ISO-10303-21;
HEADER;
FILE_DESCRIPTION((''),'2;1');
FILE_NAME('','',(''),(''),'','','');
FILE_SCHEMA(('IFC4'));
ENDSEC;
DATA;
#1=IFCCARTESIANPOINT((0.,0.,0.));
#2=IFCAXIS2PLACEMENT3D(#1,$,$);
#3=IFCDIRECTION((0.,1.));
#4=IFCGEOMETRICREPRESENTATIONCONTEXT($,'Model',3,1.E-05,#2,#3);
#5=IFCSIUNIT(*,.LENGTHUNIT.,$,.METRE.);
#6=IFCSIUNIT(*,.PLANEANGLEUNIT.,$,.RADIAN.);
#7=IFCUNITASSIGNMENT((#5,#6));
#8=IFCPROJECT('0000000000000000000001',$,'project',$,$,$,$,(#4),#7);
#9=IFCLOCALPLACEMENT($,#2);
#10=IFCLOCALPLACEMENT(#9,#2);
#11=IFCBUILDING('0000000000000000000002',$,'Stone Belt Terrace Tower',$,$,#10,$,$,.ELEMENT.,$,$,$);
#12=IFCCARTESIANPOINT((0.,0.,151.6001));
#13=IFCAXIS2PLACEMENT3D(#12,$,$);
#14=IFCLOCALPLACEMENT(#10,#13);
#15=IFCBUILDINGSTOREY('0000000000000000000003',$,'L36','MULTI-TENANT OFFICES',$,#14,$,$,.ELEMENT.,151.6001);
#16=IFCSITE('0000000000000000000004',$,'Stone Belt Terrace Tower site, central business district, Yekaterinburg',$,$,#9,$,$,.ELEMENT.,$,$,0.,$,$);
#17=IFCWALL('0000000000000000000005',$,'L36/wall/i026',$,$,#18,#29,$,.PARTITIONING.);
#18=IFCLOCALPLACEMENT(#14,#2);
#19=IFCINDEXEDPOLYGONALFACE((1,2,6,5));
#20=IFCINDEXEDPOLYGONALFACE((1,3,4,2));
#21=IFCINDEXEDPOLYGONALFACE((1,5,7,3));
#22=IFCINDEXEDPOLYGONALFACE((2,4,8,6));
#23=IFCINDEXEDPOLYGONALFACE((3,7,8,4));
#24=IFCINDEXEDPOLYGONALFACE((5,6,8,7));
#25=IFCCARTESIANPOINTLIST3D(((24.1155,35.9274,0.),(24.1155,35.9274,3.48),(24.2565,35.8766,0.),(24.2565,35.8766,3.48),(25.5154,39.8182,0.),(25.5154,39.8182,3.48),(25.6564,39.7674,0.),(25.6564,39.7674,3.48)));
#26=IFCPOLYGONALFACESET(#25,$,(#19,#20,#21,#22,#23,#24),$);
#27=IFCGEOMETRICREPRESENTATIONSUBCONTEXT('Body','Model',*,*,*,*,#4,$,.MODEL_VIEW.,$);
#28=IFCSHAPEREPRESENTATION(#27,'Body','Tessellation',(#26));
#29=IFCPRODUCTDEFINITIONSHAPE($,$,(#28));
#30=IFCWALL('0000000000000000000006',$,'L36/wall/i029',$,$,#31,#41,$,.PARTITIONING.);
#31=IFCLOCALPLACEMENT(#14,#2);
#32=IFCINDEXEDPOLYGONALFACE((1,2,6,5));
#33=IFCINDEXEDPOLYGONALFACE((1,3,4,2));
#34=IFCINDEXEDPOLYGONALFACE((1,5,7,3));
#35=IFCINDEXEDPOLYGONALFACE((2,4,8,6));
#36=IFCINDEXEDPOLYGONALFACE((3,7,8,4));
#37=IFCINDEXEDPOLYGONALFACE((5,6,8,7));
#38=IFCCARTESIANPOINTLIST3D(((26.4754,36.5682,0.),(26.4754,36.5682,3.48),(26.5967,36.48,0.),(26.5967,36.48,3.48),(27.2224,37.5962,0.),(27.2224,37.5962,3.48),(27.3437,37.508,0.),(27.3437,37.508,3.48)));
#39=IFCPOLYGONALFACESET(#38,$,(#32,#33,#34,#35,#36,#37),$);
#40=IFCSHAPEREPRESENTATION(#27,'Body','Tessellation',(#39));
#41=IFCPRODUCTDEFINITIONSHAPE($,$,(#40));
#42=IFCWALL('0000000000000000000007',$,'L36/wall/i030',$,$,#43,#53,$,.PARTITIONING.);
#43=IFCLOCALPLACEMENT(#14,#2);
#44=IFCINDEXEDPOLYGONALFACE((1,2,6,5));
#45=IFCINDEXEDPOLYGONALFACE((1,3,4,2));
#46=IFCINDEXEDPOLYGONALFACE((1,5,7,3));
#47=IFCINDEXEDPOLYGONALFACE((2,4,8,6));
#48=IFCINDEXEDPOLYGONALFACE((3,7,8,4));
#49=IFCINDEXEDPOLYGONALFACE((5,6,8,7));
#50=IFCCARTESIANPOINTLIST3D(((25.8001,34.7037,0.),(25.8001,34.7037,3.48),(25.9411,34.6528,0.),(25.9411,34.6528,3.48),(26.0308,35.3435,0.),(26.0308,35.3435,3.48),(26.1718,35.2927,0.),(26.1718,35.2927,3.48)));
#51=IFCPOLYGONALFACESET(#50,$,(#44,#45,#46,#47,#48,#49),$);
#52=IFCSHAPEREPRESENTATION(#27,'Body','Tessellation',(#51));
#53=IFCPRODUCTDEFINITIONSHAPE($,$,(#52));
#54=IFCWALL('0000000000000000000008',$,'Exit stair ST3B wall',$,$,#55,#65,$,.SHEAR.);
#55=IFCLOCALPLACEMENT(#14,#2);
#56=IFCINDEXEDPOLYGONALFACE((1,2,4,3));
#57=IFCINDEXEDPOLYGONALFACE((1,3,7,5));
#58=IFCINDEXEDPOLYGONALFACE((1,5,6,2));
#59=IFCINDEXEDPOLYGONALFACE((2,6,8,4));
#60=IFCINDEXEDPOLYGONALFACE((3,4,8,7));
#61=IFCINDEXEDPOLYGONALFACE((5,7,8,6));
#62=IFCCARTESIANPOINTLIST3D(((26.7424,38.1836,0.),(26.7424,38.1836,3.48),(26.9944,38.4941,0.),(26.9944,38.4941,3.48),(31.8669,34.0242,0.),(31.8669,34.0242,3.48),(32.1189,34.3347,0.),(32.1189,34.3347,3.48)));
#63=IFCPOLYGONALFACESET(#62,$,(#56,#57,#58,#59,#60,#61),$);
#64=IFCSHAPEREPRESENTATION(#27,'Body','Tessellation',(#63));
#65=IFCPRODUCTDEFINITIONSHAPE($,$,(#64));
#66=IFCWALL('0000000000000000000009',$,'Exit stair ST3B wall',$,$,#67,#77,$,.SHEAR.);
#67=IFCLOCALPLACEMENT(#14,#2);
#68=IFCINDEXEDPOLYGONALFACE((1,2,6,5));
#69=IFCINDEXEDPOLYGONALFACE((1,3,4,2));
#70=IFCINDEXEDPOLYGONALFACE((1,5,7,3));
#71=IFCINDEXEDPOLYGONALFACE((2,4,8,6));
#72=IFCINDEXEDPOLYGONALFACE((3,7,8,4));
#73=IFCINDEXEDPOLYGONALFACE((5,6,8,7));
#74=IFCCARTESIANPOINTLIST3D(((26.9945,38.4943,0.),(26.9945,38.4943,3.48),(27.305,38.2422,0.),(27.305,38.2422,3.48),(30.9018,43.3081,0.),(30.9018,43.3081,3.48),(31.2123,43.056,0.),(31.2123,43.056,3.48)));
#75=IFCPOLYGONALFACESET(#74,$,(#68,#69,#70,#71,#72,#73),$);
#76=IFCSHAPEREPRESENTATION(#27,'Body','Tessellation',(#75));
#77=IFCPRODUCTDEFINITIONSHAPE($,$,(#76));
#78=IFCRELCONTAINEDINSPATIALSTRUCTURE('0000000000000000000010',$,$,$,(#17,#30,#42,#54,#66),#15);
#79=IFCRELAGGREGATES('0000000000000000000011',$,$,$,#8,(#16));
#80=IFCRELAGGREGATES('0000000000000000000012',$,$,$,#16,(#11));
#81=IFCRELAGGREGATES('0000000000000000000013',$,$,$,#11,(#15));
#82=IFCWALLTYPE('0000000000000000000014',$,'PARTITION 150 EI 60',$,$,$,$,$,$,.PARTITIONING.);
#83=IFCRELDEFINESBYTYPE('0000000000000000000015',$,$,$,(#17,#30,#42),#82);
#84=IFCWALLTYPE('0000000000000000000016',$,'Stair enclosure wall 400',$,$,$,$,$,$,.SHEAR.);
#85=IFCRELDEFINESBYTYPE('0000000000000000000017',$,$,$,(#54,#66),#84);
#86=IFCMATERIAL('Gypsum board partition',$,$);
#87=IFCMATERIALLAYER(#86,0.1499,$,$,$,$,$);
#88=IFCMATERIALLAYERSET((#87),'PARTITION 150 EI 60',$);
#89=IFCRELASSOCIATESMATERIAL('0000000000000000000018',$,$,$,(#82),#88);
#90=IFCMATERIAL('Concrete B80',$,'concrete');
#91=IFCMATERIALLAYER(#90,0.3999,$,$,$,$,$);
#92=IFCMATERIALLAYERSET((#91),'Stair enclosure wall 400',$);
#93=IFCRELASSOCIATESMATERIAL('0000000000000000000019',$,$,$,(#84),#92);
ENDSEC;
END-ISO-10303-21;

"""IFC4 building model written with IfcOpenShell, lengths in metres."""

from ifc_helpers import new_model, si_unit, direction, frame, frame_2d, origin, place, context, subcontext, project, spatial, rectangle, extrude, material, layer, layer_set, type_object, element, save


model = new_model("IFC4")

# Units and contexts
model_context = context("Model", 3, precision=1e-05, world=origin(), true_north=direction((0.0, 1.0)))
body_context = subcontext(model_context, "Body", "Model", "MODEL_VIEW")
ifc_project = project(units=[si_unit("LENGTHUNIT", "METRE"), si_unit("PLANEANGLEUNIT", "RADIAN")], contexts=[model_context])

# Site, building, storey
site_placement = place(None, origin())
site = spatial("IfcSite", under=ifc_project, at=site_placement, Name="Stone Belt Terrace Tower site, central business district, Yekaterinburg", CompositionType="ELEMENT", RefElevation=0.0)
building_placement = place(site_placement, origin())
building = spatial("IfcBuilding", under=site, at=building_placement, Name="Stone Belt Terrace Tower", CompositionType="ELEMENT")
storey_placement = place(building_placement, frame((0.0, 0.0, 151.6001)))
storey = spatial("IfcBuildingStorey", under=building, at=storey_placement, Name="L36", Description="MULTI-TENANT OFFICES", CompositionType="ELEMENT", Elevation=151.6001)

# Shared definitions
ifc_material_1 = material(Name="Concrete B80", Category="concrete")

# Walls
ifc_material_2 = material(Name="Gypsum board partition")
ifc_layer_1 = layer(ifc_material_2, 0.1499)
ifc_layer_set_1 = layer_set([ifc_layer_1], Name="PARTITION 150 EI 60")
wall_type_1 = type_object("IfcWallType", Name="PARTITION 150 EI 60", PredefinedType="PARTITIONING", material=ifc_layer_set_1)
wall_1_placement = place(storey_placement, frame((24.186, 35.9021, 0.0), z_axis=(0.0, 0.0, 1.0), x_axis=(0.338546, 0.94095, 0.0)))
element("IfcWall", 1, at=wall_1_placement, inside=storey, type_object=wall_type_1, Name="L36/wall/i026", PredefinedType="PARTITIONING", context=body_context, shape_type="SweptSolid", body=[
    extrude(rectangle(XDim=4.135, YDim=0.1499, at=frame_2d((2.0674, 0.0))), origin(), (0.0, 0.0, 1.0), 3.48),
])
wall_2_placement = place(storey_placement, frame((27.283, 37.552, 0.0), z_axis=(0.0, 0.0, 1.0), x_axis=(-0.587852, -0.808969, 0.0)))
element("IfcWall", 2, at=wall_2_placement, inside=storey, type_object=wall_type_1, Name="L36/wall/i029", PredefinedType="PARTITIONING", context=body_context, shape_type="SweptSolid", body=[
    extrude(rectangle(XDim=1.2708, YDim=0.1499, at=frame_2d((0.6353, 0.0))), origin(), (0.0, 0.0, 1.0), 3.48),
])
wall_3_placement = place(storey_placement, frame((26.1013, 35.3181, 0.0), z_axis=(0.0, 0.0, 1.0), x_axis=(-0.339177, -0.940723, 0.0)))
element("IfcWall", 3, at=wall_3_placement, inside=storey, type_object=wall_type_1, Name="L36/wall/i030", PredefinedType="PARTITIONING", context=body_context, shape_type="SweptSolid", body=[
    extrude(rectangle(XDim=0.6802, YDim=0.1499, at=frame_2d((0.3401, 0.0))), origin(), (0.0, 0.0, 1.0), 3.48),
])
ifc_layer_2 = layer(ifc_material_1, 0.3999)
ifc_layer_set_2 = layer_set([ifc_layer_2], Name="Stair enclosure wall 400")
wall_type_2 = type_object("IfcWallType", Name="Stair enclosure wall 400", PredefinedType="SHEAR", material=ifc_layer_set_2)
wall_4_placement = place(storey_placement, frame((26.8684, 38.3389, 0.0), z_axis=(0.0, 0.0, 1.0), x_axis=(0.776428, -0.630205, 0.0)))
element("IfcWall", 4, at=wall_4_placement, inside=storey, type_object=wall_type_2, Name="Exit stair ST3B wall", PredefinedType="SHEAR", context=body_context, shape_type="SweptSolid", body=[
    extrude(rectangle(XDim=6.6001, YDim=0.3999, at=frame_2d((3.3, 0.0))), origin(), (0.0, 0.0, 1.0), 3.48),
])
wall_5_placement = place(storey_placement, frame((27.1497, 38.3682, 0.0), z_axis=(0.0, 0.0, 1.0), x_axis=(0.630212, 0.776423, 0.0)))
element("IfcWall", 5, at=wall_5_placement, inside=storey, type_object=wall_type_2, Name="Exit stair ST3B wall", PredefinedType="SHEAR", context=body_context, shape_type="SweptSolid", body=[
    extrude(rectangle(XDim=6.2, YDim=0.3999, at=frame_2d((3.1001, 0.0))), origin(), (0.0, 0.0, 1.0), 3.48),
])

save(model, "model.ifc")
